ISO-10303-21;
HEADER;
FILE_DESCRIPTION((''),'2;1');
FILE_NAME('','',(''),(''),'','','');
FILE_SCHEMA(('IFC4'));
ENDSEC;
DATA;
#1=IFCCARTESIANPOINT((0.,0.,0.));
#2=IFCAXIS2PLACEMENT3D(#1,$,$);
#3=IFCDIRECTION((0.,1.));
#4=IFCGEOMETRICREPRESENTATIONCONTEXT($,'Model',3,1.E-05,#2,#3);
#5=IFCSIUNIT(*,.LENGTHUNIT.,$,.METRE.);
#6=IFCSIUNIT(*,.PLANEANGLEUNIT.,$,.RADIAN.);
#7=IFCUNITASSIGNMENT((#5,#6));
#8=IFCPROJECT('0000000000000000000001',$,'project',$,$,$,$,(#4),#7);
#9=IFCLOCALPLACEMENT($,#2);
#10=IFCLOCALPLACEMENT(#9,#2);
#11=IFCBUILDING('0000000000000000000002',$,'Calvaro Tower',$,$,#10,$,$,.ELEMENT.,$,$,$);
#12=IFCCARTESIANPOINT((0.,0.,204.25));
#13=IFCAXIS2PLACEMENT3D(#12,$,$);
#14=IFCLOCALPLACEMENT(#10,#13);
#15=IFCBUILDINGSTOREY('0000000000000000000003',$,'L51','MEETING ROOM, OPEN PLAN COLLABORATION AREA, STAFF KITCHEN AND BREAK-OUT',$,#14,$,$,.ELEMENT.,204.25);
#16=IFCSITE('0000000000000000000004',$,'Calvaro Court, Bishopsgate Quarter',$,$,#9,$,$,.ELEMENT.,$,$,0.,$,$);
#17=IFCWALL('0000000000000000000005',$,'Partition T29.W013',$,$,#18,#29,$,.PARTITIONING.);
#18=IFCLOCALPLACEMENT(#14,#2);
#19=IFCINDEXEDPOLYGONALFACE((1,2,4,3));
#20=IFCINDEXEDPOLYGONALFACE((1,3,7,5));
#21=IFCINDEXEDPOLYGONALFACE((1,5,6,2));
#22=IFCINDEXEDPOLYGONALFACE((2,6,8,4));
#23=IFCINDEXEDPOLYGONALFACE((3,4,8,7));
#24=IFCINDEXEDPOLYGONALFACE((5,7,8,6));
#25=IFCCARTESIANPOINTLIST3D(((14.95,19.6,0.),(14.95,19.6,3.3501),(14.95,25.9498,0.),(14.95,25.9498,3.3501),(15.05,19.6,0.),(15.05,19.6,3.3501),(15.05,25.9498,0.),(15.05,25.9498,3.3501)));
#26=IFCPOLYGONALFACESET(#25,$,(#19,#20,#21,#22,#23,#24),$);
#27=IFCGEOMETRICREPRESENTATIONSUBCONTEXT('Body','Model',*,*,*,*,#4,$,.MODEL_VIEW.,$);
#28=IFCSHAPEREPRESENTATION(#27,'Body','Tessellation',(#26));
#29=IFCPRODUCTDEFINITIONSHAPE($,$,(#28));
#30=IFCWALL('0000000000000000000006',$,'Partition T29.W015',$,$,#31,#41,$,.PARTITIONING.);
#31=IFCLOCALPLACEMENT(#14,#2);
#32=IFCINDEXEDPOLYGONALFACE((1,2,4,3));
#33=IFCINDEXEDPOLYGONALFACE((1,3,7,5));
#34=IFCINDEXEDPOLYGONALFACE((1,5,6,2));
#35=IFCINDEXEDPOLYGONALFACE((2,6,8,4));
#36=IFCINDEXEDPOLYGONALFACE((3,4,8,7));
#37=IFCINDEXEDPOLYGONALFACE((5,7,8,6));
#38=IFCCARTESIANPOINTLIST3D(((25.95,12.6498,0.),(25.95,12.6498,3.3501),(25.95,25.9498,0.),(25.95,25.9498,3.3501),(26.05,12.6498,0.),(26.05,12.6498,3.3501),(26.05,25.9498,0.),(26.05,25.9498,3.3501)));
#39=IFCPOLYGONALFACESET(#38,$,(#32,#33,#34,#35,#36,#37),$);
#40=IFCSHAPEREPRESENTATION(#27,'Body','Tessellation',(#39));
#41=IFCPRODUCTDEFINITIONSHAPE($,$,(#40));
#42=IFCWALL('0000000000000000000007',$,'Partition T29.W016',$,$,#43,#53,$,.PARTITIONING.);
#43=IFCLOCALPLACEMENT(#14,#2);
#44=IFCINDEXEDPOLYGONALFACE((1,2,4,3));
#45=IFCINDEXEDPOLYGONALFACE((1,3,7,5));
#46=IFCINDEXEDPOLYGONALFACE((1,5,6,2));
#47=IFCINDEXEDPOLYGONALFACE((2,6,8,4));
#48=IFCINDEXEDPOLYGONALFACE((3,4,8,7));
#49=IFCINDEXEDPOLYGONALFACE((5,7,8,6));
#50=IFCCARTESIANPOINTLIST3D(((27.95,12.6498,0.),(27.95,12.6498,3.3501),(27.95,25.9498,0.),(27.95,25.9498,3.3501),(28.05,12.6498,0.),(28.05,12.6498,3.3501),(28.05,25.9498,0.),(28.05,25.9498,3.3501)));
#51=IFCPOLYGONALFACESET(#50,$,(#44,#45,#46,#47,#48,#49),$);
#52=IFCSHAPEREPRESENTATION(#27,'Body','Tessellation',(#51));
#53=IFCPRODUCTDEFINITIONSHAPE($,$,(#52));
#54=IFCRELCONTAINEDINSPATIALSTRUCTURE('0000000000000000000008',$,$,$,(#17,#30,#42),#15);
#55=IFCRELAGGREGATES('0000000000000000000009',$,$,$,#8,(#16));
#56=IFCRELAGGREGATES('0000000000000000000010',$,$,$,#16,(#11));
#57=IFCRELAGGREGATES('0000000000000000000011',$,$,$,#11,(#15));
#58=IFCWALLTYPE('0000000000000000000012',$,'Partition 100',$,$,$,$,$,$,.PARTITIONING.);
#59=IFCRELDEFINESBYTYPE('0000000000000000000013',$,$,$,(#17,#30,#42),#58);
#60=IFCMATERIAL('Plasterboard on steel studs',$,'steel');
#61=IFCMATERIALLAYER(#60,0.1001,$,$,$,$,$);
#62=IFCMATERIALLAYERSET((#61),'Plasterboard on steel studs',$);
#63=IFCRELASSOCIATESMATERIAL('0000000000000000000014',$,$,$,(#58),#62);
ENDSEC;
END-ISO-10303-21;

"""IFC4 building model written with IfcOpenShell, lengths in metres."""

from ifc_helpers import new_model, si_unit, direction, frame, frame_2d, origin, place, context, subcontext, project, spatial, rectangle, extrude, material, layer, layer_set, type_object, element, save


model = new_model("IFC4")

# Units and contexts
model_context = context("Model", 3, precision=1e-05, world=origin(), true_north=direction((0.0, 1.0)))
body_context = subcontext(model_context, "Body", "Model", "MODEL_VIEW")
ifc_project = project(units=[si_unit("LENGTHUNIT", "METRE"), si_unit("PLANEANGLEUNIT", "RADIAN")], contexts=[model_context])

# Site, building, storey
site_placement = place(None, origin())
site = spatial("IfcSite", under=ifc_project, at=site_placement, Name="Calvaro Court, Bishopsgate Quarter", CompositionType="ELEMENT", RefElevation=0.0)
building_placement = place(site_placement, origin())
building = spatial("IfcBuilding", under=site, at=building_placement, Name="Calvaro Tower", CompositionType="ELEMENT")
storey_placement = place(building_placement, frame((0.0, 0.0, 204.25)))
storey = spatial("IfcBuildingStorey", under=building, at=storey_placement, Name="L51", Description="MEETING ROOM, OPEN PLAN COLLABORATION AREA, STAFF KITCHEN AND BREAK-OUT", CompositionType="ELEMENT", Elevation=204.25)

# Shared definitions
ifc_material_1 = material(Name="Plasterboard on steel studs", Category="steel")
ifc_layer_1 = layer(ifc_material_1, 0.1001)
ifc_layer_set_1 = layer_set([ifc_layer_1], Name="Plasterboard on steel studs")
wall_type_1 = type_object("IfcWallType", Name="Partition 100", PredefinedType="PARTITIONING", material=ifc_layer_set_1)

# Walls
wall_1_placement = place(storey_placement, frame((15.0, 19.6001, 0.0), z_axis=(0.0, 0.0, 1.0), x_axis=(0.0, 1.0, 0.0)))
element("IfcWall", 1, at=wall_1_placement, inside=storey, type_object=wall_type_1, Name="Partition T29.W013", PredefinedType="PARTITIONING", context=body_context, shape_type="SweptSolid", body=[
    extrude(rectangle(XDim=6.3499, YDim=0.1001, at=frame_2d((3.1748, 0.0))), origin(), (0.0, 0.0, 1.0), 3.3501),
])
for number, where, z_axis, x_axis, name in (
    (2, (26.0, 12.6499, 0.0), (0.0, 0.0, 1.0), (0.0, 1.0, 0.0), "Partition T29.W015"),
    (3, (28.0, 12.6499, 0.0), (0.0, 0.0, 1.0), (0.0, 1.0, 0.0), "Partition T29.W016"),
):
    element("IfcWall", number, at=place(storey_placement, frame(where, z_axis=z_axis, x_axis=x_axis)), inside=storey, type_object=wall_type_1, Name=name, PredefinedType="PARTITIONING", context=body_context, shape_type="SweptSolid", body=[
        extrude(rectangle(XDim=13.3, YDim=0.1001, at=frame_2d((6.6499, 0.0))), origin(), (0.0, 0.0, 1.0), 3.3501),
    ])

save(model, "model.ifc")
